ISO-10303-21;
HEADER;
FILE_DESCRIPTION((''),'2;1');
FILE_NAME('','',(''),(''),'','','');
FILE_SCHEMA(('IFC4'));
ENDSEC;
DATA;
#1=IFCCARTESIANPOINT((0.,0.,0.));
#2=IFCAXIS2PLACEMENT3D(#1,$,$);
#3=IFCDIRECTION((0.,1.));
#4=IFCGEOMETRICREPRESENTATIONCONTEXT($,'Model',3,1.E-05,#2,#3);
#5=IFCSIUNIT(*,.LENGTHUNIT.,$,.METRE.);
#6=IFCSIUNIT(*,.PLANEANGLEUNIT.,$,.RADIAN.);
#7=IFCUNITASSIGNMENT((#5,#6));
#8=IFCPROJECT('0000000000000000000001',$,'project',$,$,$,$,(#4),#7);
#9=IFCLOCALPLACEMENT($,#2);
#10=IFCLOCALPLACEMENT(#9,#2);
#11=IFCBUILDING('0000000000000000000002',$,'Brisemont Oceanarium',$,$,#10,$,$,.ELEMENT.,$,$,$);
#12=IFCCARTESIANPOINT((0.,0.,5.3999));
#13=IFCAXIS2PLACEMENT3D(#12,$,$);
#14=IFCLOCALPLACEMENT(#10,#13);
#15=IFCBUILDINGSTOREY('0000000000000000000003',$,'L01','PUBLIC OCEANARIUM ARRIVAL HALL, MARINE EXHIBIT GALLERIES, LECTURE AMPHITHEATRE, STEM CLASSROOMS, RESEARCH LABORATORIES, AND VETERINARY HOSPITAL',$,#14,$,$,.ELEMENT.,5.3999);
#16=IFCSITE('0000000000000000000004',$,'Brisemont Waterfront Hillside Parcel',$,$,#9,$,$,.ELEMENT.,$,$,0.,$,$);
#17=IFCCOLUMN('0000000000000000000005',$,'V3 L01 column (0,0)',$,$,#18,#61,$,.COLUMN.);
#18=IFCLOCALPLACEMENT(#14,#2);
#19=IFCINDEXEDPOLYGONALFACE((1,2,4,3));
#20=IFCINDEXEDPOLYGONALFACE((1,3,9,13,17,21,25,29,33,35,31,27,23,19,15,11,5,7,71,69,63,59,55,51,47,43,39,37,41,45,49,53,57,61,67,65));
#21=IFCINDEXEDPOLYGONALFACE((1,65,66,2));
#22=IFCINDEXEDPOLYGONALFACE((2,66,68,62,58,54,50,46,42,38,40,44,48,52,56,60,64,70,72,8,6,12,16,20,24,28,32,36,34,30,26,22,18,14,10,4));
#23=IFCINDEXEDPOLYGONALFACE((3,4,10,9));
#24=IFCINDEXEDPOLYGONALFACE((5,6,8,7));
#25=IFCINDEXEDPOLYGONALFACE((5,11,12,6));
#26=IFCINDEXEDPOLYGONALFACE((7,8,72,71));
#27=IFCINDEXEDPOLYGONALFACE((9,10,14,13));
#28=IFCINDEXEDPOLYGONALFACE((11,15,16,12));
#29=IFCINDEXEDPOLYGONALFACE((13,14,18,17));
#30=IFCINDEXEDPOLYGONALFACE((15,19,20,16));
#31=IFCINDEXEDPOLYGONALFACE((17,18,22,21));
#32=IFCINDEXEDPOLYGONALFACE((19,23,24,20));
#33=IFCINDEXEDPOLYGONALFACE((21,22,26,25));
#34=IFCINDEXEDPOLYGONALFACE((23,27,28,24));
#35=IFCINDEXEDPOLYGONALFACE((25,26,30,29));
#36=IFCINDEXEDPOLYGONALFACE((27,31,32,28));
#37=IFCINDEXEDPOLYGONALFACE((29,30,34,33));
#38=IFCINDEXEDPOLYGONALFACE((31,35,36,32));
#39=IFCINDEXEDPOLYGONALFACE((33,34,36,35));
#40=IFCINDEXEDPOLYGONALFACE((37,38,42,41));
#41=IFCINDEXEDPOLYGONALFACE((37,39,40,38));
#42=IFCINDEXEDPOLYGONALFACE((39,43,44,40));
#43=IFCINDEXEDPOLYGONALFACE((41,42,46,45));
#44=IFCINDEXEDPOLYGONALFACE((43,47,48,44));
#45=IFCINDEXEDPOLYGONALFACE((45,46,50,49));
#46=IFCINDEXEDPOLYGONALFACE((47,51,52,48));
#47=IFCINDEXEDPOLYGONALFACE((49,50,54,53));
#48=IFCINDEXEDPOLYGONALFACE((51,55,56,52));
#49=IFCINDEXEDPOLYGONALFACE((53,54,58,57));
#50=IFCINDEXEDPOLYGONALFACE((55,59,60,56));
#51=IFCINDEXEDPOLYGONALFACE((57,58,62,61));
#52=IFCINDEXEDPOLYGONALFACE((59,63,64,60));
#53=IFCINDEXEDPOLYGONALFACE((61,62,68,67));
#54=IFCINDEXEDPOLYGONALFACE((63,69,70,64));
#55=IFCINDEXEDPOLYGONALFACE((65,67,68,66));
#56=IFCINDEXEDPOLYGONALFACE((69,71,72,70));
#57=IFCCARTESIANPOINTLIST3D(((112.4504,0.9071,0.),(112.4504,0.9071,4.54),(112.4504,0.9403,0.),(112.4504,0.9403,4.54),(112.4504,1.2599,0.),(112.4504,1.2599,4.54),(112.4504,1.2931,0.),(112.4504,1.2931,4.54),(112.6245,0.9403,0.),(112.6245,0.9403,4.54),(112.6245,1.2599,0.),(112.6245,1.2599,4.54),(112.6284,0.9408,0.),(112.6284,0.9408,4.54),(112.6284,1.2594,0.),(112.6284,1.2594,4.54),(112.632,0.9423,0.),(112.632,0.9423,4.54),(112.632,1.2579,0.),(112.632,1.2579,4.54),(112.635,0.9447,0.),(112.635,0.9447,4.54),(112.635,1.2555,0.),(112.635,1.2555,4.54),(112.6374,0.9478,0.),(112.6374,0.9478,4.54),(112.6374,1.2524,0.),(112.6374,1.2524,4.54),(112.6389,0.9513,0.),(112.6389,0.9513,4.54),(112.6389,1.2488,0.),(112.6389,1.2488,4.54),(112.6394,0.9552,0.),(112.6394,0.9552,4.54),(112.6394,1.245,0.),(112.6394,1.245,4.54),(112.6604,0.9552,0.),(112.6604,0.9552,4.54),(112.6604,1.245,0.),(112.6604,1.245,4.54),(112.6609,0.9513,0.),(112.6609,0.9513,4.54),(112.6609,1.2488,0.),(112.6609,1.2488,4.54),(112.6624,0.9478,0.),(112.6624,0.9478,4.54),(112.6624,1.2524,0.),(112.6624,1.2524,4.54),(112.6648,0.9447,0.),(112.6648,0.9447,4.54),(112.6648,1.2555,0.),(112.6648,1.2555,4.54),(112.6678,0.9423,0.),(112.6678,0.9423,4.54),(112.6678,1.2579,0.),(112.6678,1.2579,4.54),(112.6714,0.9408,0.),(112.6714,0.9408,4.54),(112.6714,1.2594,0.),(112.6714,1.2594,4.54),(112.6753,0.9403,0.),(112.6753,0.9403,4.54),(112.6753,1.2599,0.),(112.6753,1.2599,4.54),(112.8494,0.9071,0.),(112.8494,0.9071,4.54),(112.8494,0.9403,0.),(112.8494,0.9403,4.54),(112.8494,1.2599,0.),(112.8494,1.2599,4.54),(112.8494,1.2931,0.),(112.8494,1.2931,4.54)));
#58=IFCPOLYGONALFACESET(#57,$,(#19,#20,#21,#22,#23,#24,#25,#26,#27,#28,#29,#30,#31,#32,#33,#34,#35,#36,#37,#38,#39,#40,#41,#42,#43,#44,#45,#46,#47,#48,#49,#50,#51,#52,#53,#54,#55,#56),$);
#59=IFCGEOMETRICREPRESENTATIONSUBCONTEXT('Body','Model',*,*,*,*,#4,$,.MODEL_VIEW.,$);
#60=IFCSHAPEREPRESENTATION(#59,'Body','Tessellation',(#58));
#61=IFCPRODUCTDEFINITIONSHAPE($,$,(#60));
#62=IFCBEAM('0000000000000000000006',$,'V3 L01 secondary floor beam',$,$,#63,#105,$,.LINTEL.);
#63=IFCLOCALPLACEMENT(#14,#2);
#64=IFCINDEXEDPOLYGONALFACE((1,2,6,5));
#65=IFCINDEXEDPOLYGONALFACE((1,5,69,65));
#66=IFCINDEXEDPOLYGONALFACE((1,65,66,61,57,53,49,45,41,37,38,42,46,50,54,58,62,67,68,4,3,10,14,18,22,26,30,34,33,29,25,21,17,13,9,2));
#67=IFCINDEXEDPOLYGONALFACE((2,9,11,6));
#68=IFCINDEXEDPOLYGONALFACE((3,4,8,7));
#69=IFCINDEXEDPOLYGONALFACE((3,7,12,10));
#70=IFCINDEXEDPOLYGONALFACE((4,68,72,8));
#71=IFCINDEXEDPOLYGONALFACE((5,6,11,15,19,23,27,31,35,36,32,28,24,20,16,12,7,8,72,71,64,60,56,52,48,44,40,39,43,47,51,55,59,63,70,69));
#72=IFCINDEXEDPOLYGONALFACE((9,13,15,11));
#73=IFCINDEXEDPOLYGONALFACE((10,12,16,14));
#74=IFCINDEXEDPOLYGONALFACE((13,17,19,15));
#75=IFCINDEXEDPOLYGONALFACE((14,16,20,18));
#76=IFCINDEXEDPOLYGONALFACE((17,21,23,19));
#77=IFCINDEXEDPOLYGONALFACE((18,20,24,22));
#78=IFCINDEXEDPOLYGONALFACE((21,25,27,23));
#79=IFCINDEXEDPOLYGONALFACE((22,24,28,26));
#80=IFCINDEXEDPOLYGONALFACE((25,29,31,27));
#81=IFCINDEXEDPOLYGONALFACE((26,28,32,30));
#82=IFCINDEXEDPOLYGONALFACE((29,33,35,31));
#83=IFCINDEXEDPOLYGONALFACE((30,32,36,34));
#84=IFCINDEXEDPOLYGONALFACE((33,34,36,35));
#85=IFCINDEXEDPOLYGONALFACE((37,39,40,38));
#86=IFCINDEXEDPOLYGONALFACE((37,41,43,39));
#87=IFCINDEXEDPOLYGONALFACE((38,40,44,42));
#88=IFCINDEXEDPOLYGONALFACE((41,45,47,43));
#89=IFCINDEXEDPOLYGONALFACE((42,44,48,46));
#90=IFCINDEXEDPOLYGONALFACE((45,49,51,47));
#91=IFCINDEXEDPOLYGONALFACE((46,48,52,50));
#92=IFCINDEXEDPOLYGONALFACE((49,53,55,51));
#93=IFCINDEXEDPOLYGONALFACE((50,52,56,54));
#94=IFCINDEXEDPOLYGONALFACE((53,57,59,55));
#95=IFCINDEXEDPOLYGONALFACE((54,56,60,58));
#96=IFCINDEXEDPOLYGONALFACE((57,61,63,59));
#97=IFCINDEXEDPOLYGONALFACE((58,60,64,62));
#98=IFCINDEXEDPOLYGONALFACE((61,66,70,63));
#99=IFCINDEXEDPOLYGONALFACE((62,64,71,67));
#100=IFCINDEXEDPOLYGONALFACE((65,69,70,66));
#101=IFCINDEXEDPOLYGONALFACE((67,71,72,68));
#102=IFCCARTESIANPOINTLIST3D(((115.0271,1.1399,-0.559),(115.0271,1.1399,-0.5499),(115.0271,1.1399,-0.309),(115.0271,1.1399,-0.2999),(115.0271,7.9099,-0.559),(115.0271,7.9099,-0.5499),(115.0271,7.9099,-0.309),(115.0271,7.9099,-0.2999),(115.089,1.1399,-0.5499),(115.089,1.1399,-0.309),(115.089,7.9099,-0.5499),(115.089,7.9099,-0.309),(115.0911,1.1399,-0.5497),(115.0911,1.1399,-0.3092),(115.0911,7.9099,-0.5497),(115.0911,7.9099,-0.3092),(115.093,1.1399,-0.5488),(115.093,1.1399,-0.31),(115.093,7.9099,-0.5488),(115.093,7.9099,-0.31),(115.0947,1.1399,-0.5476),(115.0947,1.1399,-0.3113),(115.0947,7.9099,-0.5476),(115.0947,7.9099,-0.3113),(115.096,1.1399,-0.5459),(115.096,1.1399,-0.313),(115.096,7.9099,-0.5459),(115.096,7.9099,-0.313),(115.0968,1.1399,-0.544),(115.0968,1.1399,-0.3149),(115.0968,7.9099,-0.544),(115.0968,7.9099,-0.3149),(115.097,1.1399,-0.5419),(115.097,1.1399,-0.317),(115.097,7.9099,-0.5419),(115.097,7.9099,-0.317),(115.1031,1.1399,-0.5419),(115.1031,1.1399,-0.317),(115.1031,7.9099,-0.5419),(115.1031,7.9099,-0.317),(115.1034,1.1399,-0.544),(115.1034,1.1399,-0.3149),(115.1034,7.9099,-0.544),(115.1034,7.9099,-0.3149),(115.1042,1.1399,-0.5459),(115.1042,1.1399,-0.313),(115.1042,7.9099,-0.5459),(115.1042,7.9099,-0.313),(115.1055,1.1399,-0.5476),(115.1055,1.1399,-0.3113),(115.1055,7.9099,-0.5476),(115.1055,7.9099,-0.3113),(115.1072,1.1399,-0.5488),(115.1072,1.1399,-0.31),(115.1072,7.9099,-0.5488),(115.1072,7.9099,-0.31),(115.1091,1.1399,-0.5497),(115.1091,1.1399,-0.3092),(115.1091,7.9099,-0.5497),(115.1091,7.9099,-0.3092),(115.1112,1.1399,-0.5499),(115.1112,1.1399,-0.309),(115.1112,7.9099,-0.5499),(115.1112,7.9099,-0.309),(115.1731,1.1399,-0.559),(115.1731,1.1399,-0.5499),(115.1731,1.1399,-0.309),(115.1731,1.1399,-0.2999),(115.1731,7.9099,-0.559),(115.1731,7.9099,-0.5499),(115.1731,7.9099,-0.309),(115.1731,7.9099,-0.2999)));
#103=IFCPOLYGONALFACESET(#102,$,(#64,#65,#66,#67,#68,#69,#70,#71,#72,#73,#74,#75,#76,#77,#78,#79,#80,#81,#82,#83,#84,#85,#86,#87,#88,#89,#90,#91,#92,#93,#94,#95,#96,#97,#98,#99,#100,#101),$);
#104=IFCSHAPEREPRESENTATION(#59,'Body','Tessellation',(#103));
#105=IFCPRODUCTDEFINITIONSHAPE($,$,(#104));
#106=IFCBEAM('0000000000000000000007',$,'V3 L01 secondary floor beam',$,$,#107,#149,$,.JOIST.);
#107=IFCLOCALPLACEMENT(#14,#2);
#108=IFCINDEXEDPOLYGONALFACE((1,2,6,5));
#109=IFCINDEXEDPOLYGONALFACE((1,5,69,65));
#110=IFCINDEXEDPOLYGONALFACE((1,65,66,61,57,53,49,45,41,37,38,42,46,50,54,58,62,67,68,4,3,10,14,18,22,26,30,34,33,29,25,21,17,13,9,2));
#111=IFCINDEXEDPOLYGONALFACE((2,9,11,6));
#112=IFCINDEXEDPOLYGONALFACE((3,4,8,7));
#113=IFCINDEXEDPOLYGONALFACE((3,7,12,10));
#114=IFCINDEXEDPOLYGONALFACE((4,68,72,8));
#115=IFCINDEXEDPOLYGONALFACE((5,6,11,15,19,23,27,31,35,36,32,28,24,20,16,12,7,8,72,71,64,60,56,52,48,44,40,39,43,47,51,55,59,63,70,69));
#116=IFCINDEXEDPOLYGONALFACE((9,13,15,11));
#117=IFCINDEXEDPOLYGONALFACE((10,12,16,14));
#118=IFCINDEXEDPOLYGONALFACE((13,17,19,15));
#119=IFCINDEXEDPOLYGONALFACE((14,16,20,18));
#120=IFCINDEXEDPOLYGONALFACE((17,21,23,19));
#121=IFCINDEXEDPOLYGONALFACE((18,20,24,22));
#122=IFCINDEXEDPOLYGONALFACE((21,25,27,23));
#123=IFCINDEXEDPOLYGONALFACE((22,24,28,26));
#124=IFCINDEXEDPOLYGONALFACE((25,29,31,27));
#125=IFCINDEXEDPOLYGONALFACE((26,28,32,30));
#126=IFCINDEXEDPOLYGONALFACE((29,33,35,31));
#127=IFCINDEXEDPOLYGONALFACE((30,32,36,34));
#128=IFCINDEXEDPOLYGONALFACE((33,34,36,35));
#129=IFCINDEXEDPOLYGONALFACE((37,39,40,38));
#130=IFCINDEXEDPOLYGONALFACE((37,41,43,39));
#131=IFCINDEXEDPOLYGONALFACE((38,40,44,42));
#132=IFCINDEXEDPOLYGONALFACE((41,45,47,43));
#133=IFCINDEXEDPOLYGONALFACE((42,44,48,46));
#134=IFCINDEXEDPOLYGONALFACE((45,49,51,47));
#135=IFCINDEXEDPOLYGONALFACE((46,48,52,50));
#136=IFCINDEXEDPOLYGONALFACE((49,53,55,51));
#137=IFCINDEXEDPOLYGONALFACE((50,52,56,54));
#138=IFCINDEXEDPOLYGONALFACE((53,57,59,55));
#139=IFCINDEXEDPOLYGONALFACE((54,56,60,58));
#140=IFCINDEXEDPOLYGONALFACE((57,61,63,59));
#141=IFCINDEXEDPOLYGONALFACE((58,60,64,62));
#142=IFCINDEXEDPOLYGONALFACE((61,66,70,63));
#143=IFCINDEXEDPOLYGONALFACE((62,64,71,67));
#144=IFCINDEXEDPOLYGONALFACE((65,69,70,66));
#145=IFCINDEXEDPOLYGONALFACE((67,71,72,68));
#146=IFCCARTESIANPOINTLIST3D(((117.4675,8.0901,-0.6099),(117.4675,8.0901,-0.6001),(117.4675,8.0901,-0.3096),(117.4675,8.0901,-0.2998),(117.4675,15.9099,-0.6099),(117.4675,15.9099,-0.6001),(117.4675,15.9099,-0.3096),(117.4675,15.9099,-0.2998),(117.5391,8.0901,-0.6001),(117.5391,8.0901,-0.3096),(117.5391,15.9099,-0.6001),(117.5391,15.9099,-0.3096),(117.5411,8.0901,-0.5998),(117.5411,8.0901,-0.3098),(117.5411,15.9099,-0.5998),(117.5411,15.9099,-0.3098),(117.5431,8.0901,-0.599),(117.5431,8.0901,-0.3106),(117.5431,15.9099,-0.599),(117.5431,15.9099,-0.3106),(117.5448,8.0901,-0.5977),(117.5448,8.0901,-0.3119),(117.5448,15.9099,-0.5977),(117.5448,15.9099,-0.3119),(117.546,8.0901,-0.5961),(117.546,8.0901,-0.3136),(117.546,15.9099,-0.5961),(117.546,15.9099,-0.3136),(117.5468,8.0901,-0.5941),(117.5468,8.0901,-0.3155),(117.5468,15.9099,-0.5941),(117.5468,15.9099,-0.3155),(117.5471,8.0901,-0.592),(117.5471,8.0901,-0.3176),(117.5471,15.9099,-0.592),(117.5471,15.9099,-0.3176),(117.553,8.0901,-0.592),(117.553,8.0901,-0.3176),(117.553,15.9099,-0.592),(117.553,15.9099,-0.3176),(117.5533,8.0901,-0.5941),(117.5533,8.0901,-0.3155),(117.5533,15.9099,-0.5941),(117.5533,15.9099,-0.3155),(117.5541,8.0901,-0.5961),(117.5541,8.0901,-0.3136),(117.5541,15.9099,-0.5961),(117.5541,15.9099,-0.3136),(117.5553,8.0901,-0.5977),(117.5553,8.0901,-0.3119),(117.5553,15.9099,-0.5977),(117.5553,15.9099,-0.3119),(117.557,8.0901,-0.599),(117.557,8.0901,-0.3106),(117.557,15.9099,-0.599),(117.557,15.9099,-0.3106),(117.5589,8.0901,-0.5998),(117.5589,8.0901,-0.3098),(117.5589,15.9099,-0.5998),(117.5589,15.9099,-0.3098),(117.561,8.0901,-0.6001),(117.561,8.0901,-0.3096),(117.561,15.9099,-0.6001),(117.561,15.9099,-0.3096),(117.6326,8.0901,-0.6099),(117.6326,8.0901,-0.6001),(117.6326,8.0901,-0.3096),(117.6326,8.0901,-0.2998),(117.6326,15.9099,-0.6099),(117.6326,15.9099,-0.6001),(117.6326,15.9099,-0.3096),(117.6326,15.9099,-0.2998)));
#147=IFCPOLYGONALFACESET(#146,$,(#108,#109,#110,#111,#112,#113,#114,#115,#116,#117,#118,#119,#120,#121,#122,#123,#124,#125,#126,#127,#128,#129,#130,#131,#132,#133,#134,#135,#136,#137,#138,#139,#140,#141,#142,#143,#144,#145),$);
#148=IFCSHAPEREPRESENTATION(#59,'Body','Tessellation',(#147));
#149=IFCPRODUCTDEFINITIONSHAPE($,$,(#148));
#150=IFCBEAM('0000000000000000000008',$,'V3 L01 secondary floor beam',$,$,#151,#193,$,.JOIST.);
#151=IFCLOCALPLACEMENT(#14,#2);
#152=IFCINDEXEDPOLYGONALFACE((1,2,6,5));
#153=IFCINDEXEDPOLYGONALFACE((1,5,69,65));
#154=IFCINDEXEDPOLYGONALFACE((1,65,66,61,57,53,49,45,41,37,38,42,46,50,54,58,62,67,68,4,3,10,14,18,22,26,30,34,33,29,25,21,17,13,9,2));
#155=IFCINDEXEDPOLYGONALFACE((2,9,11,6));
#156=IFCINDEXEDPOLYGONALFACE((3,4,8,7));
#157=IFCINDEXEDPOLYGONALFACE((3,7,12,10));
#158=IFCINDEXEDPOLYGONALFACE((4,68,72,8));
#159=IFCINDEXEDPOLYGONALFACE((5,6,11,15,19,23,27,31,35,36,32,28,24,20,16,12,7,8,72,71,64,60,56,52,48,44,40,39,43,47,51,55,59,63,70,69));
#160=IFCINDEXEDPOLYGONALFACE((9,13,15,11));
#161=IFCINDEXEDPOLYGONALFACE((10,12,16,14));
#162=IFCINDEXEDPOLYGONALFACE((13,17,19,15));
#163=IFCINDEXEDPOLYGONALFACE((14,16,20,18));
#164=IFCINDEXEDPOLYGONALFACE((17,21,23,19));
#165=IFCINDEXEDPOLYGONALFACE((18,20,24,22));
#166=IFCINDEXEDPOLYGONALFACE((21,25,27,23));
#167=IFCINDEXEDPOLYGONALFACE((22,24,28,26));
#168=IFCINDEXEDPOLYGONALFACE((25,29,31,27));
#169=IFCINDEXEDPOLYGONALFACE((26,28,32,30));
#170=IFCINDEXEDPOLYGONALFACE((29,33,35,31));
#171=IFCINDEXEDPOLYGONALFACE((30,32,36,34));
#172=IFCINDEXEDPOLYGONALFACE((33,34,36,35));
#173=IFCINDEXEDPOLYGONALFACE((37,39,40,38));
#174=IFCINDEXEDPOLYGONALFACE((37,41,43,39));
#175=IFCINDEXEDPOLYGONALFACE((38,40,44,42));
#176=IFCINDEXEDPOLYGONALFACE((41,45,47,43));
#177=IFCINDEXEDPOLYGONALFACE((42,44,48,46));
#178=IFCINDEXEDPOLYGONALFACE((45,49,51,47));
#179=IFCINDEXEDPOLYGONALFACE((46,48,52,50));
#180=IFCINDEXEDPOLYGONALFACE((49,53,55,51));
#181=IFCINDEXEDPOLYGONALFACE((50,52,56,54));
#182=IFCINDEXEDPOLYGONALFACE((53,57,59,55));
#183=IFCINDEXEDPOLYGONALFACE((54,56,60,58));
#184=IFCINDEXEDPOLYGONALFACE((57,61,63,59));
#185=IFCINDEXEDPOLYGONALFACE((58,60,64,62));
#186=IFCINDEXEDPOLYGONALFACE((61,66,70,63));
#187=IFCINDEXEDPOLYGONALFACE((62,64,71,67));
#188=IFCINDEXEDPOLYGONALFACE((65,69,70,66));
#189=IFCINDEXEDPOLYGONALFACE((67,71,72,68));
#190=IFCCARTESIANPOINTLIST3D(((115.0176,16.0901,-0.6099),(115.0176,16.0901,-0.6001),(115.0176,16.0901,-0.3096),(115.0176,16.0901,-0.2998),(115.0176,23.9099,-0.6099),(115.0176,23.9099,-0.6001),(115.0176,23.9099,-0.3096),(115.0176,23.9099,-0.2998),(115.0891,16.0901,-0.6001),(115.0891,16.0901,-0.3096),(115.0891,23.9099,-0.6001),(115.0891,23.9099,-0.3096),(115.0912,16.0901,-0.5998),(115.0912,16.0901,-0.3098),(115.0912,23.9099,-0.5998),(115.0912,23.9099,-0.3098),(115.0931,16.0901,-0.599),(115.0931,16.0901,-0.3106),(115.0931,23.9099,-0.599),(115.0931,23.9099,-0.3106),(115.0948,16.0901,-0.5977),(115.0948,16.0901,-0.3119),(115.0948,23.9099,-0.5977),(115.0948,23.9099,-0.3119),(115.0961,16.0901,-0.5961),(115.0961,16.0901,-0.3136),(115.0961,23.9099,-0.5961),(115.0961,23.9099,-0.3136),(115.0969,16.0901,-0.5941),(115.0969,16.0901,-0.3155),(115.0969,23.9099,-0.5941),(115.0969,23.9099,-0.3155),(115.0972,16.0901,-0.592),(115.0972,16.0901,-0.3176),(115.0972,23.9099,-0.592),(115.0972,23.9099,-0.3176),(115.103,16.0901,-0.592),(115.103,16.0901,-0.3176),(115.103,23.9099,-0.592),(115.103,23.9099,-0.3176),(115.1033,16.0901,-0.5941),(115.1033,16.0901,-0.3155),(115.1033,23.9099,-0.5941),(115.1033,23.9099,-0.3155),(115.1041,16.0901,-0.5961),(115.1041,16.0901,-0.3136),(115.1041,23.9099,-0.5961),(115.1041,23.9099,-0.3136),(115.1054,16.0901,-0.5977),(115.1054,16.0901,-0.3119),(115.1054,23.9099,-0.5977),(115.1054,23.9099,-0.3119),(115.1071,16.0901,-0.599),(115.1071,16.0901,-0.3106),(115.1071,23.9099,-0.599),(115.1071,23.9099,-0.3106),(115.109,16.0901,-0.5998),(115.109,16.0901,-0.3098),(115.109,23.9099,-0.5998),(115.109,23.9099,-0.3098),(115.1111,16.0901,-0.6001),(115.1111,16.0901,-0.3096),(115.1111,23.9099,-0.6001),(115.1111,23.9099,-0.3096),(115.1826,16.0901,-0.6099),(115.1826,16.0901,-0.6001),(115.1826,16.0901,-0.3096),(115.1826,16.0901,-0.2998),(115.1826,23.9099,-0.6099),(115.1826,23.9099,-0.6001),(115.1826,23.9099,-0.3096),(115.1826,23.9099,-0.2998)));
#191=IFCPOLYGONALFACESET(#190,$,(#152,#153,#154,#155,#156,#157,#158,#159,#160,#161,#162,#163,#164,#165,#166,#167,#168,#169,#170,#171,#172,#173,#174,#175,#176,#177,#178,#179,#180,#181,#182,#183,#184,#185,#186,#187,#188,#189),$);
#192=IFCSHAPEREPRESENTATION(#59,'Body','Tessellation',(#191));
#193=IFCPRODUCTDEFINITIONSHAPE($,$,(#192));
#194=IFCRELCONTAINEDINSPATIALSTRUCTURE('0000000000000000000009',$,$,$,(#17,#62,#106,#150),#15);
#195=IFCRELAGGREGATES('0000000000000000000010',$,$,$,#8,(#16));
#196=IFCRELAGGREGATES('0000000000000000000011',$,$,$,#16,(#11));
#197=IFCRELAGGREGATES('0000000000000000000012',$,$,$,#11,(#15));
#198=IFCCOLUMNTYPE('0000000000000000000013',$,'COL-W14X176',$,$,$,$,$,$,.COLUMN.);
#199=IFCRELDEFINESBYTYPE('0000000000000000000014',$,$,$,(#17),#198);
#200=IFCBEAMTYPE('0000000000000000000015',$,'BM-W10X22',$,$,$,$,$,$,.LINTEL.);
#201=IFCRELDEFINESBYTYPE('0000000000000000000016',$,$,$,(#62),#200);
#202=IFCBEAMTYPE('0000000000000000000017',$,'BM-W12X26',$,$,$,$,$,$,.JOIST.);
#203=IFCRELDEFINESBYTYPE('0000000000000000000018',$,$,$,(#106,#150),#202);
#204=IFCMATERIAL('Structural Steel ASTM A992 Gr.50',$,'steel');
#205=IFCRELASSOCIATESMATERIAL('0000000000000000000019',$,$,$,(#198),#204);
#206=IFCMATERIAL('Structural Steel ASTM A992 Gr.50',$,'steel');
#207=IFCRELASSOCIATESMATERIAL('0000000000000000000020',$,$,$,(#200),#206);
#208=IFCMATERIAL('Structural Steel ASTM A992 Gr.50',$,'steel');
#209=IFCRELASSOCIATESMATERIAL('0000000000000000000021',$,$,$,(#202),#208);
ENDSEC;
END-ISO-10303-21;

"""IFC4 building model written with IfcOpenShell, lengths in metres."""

from ifc_helpers import new_model, si_unit, direction, frame, origin, origin_2d, place, context, subcontext, project, spatial, i_section, extrude, material, material_profile, profile_set, type_object, element, save


model = new_model("IFC4")

# Units and contexts
model_context = context("Model", 3, precision=1e-05, world=origin(), true_north=direction((0.0, 1.0)))
body_context = subcontext(model_context, "Body", "Model", "MODEL_VIEW")
ifc_project = project(units=[si_unit("LENGTHUNIT", "METRE"), si_unit("PLANEANGLEUNIT", "RADIAN")], contexts=[model_context])

# Site, building, storey
site_placement = place(None, origin())
site = spatial("IfcSite", under=ifc_project, at=site_placement, Name="Brisemont Waterfront Hillside Parcel", CompositionType="ELEMENT", RefElevation=0.0)
building_placement = place(site_placement, origin())
building = spatial("IfcBuilding", under=site, at=building_placement, Name="Brisemont Oceanarium", CompositionType="ELEMENT")
storey_placement = place(building_placement, frame((0.0, 0.0, 5.3999)))
storey = spatial("IfcBuildingStorey", under=building, at=storey_placement, Name="L01", Description="PUBLIC OCEANARIUM ARRIVAL HALL, MARINE EXHIBIT GALLERIES, LECTURE AMPHITHEATRE, STEM CLASSROOMS, RESEARCH LABORATORIES, AND VETERINARY HOSPITAL", CompositionType="ELEMENT", Elevation=5.3999)

# Column
ifc_material_1 = material(Name="Structural Steel ASTM A992 Gr.50", Category="steel")
ifc_material_profile_1 = material_profile(ifc_material_1, i_section(OverallWidth=0.3989, OverallDepth=0.386, WebThickness=0.021, FlangeThickness=0.0332, FilletRadius=0.0149, at=origin_2d()), Name="W14X176")
ifc_profile_set_1 = profile_set([ifc_material_profile_1], Name="Structural Steel ASTM A992 Gr.50")
column_type_1 = type_object("IfcColumnType", Name="COL-W14X176", PredefinedType="COLUMN", material=ifc_profile_set_1)
column_1_placement = place(storey_placement, frame((112.6499, 1.1001, 0.0), z_axis=(0.0, 0.0, 1.0), x_axis=(1.0, 0.0, 0.0)))
element("IfcColumn", 1, at=column_1_placement, inside=storey, type_object=column_type_1, Name="V3 L01 column (0,0)", PredefinedType="COLUMN", context=body_context, shape_type="SweptSolid", body=[
    extrude(i_section(OverallWidth=0.3989, OverallDepth=0.386, WebThickness=0.021, FlangeThickness=0.0332, FilletRadius=0.0149, at=origin_2d()), origin(), (0.0, 0.0, 1.0), 4.54),
])

# Beams
ifc_material_2 = material(Name="Structural Steel ASTM A992 Gr.50", Category="steel")
ifc_material_profile_2 = material_profile(ifc_material_2, i_section(OverallWidth=0.146, OverallDepth=0.259, WebThickness=0.0061, FlangeThickness=0.009, FilletRadius=0.0081, at=origin_2d()), Name="W10X22")
ifc_profile_set_2 = profile_set([ifc_material_profile_2], Name="Structural Steel ASTM A992 Gr.50")
beam_type_1 = type_object("IfcBeamType", Name="BM-W10X22", PredefinedType="LINTEL", material=ifc_profile_set_2)
beam_1_placement = place(storey_placement, frame((115.1001, 1.1399, -0.4294), z_axis=(0.0, 1.0, 0.0), x_axis=(-1.0, 0.0, 0.0)))
element("IfcBeam", 2, at=beam_1_placement, inside=storey, type_object=beam_type_1, Name="V3 L01 secondary floor beam", PredefinedType="LINTEL", context=body_context, shape_type="SweptSolid", body=[
    extrude(i_section(OverallWidth=0.146, OverallDepth=0.259, WebThickness=0.0061, FlangeThickness=0.009, FilletRadius=0.0081, at=origin_2d()), origin(), (0.0, 0.0, 1.0), 6.77),
])
ifc_material_3 = material(Name="Structural Steel ASTM A992 Gr.50", Category="steel")
ifc_material_profile_3 = material_profile(ifc_material_3, i_section(OverallWidth=0.165, OverallDepth=0.3101, WebThickness=0.0059, FlangeThickness=0.0098, FilletRadius=0.0081, at=origin_2d()), Name="W12X26")
ifc_profile_set_3 = profile_set([ifc_material_profile_3], Name="Structural Steel ASTM A992 Gr.50")
beam_type_2 = type_object("IfcBeamType", Name="BM-W12X26", PredefinedType="JOIST", material=ifc_profile_set_3)
for number, where, z_axis, x_axis, name in (
    (3, (117.55, 8.0901, -0.4548), (0.0, 1.0, 0.0), (-1.0, 0.0, 0.0), "V3 L01 secondary floor beam"),
    (4, (115.1001, 16.0901, -0.4548), (0.0, 1.0, 0.0), (-1.0, 0.0, 0.0), "V3 L01 secondary floor beam"),
):
    element("IfcBeam", number, at=place(storey_placement, frame(where, z_axis=z_axis, x_axis=x_axis)), inside=storey, type_object=beam_type_2, Name=name, PredefinedType="JOIST", context=body_context, shape_type="SweptSolid", body=[
        extrude(i_section(OverallWidth=0.165, OverallDepth=0.3101, WebThickness=0.0059, FlangeThickness=0.0098, FilletRadius=0.0081, at=origin_2d()), origin(), (0.0, 0.0, 1.0), 7.8198),
    ])

save(model, "model.ifc")
